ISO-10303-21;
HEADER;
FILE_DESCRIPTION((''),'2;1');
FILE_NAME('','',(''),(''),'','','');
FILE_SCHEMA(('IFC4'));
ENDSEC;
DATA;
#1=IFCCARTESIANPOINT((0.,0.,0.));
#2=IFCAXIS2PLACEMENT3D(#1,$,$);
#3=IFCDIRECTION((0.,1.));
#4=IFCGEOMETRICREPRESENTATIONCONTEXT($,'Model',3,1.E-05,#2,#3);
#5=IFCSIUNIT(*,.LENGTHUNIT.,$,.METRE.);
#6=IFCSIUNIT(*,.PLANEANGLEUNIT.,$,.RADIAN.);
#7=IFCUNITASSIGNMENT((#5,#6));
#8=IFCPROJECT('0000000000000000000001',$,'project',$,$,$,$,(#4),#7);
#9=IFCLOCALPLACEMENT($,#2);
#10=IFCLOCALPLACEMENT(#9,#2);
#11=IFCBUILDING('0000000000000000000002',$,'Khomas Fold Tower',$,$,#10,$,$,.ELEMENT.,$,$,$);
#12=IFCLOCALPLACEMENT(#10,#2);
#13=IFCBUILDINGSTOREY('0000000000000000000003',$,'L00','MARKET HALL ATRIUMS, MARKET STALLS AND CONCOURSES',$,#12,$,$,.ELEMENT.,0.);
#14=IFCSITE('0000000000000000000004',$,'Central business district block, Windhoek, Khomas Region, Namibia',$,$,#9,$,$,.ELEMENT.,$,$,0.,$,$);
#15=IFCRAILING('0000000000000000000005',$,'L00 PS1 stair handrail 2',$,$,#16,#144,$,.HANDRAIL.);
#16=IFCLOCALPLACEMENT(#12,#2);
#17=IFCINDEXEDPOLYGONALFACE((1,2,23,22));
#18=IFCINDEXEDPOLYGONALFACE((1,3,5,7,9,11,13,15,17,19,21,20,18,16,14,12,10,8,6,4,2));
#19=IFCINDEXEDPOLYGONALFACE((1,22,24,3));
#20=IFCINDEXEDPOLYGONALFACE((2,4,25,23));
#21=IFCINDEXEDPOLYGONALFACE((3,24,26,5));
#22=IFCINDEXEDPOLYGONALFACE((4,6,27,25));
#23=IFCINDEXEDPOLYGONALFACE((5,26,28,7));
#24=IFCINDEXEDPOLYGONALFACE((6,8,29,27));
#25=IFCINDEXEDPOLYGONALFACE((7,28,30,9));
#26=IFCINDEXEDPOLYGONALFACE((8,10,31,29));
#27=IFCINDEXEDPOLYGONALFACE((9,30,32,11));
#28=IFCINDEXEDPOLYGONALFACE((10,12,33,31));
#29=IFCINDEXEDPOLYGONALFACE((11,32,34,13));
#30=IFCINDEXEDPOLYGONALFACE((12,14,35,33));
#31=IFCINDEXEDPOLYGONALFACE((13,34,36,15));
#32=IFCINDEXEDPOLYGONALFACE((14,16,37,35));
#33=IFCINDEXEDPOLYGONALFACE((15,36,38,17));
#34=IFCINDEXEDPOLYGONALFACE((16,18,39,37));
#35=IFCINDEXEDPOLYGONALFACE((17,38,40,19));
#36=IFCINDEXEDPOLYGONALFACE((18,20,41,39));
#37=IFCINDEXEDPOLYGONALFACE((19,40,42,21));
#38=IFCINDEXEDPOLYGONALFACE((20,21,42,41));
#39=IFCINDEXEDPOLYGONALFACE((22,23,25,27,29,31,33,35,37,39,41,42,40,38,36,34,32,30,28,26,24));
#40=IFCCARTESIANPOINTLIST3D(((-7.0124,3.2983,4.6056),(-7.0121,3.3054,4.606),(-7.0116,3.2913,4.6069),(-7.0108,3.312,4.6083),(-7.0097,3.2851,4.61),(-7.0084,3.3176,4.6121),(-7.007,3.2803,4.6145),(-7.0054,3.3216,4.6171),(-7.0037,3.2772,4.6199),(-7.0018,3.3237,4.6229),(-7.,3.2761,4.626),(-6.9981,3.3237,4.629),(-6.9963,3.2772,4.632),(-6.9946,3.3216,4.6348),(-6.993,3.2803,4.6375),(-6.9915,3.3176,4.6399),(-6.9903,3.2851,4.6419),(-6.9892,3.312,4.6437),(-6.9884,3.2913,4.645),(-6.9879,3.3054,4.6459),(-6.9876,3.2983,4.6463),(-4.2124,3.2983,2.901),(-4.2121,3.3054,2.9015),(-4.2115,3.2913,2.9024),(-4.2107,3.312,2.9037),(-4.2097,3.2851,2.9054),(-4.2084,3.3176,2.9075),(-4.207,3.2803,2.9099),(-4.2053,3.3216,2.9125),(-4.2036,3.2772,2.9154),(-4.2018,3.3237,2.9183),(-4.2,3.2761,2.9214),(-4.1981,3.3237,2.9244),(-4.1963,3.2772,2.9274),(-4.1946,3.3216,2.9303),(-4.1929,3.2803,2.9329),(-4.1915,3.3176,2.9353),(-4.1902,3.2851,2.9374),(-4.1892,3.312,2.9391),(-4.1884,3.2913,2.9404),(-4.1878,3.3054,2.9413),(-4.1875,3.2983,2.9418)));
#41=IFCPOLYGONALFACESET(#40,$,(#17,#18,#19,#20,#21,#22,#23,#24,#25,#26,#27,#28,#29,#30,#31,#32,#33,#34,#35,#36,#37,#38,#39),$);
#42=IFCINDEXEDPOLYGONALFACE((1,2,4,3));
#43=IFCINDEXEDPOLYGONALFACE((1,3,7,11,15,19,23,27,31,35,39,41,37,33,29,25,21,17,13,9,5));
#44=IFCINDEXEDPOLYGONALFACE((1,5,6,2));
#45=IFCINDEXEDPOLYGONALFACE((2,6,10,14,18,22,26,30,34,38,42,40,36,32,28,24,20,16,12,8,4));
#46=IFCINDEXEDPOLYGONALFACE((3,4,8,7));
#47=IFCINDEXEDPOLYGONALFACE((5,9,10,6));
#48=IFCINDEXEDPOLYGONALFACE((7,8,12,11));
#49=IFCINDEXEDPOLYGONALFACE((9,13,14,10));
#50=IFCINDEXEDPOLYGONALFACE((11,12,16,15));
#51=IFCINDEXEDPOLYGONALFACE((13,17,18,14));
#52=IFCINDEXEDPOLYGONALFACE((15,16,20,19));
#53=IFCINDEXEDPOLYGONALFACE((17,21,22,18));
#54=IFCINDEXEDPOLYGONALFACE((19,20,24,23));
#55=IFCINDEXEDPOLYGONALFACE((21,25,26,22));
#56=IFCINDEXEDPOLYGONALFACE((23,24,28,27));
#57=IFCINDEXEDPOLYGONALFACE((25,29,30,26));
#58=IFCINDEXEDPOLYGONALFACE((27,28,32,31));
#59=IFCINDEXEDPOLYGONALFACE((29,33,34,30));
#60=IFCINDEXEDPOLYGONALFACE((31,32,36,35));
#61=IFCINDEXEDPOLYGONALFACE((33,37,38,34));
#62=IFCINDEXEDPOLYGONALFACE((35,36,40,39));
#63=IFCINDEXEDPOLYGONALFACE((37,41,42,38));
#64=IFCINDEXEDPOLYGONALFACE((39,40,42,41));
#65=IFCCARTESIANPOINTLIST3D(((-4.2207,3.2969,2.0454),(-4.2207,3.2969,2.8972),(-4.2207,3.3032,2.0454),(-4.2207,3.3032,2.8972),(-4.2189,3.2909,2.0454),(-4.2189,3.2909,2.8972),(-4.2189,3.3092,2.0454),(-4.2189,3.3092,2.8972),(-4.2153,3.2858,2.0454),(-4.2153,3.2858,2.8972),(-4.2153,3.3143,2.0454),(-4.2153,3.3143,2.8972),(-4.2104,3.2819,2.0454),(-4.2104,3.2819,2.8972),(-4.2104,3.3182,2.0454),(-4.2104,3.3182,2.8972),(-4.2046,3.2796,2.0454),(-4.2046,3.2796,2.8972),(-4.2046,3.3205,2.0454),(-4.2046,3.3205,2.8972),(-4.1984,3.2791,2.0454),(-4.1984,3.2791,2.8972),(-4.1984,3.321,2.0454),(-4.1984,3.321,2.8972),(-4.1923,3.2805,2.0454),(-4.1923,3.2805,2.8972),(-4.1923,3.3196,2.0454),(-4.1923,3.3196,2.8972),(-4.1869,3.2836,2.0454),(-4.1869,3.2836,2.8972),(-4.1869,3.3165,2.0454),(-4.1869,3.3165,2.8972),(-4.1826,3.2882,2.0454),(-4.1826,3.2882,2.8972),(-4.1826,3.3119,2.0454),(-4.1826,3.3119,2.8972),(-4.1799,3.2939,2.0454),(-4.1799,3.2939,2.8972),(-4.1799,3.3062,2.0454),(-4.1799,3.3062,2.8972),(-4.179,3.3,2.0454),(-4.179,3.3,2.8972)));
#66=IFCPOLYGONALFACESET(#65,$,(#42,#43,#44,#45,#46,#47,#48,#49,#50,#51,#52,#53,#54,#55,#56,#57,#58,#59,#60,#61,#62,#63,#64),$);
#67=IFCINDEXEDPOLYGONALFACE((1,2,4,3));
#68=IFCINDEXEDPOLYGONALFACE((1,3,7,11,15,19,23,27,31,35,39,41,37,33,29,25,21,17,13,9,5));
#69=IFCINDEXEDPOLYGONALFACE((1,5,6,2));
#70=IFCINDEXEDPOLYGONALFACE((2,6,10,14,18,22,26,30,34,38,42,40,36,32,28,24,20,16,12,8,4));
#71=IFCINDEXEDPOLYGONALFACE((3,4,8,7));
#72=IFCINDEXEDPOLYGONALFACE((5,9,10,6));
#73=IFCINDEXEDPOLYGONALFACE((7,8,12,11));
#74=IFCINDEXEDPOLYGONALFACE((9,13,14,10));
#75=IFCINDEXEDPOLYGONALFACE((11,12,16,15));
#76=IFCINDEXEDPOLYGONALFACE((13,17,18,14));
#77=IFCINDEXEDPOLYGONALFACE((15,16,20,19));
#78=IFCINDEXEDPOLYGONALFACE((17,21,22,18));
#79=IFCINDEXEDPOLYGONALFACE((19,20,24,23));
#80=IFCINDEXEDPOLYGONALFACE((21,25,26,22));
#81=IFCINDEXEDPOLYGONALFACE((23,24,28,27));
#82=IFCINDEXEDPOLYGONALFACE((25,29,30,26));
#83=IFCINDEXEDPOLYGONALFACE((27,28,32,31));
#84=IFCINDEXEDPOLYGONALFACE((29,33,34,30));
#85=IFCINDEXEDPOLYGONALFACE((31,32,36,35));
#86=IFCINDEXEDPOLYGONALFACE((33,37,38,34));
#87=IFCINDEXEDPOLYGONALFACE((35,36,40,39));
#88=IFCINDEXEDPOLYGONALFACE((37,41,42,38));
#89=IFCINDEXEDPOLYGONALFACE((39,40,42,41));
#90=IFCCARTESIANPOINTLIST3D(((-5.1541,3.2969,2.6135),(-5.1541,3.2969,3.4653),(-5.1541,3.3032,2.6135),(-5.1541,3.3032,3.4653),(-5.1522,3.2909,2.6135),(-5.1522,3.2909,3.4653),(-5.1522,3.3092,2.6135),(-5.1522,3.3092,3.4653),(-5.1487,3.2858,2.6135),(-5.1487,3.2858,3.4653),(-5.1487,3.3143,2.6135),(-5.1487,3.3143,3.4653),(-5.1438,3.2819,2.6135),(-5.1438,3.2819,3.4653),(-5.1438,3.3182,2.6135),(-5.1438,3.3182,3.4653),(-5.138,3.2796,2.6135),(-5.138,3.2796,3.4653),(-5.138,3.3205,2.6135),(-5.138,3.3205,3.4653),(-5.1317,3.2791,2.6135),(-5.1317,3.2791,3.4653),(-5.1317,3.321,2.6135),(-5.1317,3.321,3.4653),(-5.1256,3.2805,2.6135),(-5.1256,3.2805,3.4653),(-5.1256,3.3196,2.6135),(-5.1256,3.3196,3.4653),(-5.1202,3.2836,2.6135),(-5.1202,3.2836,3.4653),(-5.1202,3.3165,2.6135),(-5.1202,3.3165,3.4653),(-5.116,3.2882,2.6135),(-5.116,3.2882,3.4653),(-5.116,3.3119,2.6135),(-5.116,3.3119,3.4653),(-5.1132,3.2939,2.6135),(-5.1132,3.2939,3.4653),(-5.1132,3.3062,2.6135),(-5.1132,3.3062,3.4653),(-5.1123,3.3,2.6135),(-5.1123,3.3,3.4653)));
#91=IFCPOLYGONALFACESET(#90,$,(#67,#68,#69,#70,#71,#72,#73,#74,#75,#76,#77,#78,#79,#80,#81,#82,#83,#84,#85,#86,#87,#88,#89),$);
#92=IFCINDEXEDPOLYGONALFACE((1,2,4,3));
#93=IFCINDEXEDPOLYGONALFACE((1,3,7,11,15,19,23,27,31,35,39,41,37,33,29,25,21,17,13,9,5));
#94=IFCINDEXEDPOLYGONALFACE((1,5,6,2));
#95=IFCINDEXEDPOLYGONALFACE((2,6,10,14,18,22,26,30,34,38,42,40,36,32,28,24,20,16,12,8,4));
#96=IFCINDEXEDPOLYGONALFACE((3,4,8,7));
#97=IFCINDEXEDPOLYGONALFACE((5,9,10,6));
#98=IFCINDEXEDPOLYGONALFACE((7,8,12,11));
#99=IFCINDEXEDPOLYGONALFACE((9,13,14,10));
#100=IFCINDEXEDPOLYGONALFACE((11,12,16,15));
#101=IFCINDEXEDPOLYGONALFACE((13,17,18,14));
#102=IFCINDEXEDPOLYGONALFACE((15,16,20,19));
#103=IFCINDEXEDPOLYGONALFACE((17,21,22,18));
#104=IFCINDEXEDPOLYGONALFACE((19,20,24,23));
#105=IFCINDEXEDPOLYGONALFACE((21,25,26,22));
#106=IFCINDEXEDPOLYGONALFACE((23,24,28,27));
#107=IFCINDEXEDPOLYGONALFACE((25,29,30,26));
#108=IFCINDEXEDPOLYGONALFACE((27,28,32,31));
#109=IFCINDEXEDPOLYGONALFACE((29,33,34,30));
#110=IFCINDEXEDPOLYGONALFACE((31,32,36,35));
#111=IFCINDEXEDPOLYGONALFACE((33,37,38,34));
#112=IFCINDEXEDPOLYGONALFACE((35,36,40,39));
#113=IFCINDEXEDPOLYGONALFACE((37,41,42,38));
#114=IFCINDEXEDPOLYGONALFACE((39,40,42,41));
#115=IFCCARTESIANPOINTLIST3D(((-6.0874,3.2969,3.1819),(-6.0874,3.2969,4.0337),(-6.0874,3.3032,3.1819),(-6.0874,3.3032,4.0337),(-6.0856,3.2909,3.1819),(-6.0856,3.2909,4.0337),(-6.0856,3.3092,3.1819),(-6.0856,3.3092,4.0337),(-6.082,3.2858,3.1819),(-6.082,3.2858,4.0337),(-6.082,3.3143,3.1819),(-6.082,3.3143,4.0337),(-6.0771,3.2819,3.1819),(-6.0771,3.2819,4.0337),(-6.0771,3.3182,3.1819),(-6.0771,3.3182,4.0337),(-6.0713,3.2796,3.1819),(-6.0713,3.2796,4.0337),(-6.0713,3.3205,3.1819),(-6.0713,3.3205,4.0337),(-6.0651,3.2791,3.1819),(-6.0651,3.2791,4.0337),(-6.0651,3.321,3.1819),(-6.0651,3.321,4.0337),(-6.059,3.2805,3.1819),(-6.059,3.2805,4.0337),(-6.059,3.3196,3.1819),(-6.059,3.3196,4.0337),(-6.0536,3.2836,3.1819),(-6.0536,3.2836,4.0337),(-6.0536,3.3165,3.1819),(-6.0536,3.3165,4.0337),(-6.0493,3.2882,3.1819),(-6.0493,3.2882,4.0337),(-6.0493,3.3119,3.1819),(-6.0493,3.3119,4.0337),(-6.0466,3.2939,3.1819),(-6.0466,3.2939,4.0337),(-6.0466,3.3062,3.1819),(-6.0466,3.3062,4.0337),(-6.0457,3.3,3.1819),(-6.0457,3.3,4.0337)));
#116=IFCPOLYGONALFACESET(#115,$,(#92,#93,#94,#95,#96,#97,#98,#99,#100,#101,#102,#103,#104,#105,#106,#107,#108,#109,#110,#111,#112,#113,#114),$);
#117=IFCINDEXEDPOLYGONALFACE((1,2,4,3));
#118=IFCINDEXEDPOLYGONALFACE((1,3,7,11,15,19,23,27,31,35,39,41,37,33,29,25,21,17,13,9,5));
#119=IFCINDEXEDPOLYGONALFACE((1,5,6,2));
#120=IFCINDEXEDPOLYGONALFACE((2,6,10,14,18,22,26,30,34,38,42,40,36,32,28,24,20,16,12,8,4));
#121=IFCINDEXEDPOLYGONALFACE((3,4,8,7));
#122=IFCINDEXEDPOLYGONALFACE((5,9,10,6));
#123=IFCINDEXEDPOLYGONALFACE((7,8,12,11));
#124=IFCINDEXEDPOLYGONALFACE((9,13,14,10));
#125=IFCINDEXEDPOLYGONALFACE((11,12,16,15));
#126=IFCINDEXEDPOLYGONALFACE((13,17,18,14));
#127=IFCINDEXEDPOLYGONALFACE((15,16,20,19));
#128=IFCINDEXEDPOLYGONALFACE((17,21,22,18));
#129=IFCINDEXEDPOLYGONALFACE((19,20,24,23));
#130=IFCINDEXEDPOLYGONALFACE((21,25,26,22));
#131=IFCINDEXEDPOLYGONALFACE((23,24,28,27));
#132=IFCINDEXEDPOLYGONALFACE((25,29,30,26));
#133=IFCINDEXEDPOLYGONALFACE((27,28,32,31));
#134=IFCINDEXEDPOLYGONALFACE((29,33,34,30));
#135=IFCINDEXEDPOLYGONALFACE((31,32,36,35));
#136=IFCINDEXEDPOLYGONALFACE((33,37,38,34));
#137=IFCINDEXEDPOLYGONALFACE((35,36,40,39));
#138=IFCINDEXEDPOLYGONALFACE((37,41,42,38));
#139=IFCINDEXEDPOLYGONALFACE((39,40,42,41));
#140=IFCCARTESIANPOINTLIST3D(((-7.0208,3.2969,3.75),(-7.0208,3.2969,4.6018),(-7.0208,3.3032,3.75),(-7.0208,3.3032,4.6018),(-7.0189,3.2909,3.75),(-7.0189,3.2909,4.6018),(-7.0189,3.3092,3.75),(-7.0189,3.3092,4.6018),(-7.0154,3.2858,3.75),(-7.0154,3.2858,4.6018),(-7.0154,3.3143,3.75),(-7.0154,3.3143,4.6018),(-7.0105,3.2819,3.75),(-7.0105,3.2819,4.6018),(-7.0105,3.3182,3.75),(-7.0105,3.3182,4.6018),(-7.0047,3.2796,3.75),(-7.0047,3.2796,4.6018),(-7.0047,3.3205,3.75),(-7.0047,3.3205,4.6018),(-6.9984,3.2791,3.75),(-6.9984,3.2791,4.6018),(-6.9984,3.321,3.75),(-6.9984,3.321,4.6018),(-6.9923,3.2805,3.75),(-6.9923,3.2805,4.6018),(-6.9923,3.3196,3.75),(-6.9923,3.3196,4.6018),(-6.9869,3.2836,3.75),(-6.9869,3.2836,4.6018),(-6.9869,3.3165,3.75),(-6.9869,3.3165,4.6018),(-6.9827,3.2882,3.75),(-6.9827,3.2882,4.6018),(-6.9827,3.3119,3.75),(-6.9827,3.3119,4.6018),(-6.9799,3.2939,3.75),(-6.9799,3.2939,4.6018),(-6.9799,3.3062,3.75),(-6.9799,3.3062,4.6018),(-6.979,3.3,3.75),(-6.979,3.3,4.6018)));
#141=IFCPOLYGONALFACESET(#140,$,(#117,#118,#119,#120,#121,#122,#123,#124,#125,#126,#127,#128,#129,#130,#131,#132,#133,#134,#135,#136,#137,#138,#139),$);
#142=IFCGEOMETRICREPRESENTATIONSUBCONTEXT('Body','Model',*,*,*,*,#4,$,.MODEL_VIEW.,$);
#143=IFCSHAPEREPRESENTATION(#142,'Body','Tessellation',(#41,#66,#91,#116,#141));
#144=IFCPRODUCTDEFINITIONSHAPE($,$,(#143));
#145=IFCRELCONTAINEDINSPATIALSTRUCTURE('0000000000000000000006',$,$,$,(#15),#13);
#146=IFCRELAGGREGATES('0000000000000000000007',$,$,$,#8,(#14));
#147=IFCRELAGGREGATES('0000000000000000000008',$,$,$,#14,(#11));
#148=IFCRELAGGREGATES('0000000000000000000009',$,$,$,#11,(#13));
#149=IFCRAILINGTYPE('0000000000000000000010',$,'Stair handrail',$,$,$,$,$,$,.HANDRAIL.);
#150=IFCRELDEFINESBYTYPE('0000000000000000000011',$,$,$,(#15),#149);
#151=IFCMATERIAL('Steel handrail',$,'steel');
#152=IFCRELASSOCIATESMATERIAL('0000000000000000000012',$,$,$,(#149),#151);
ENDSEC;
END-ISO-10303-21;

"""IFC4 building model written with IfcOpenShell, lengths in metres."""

from ifc_helpers import new_model, si_unit, direction, frame, origin, origin_2d, place, context, subcontext, project, spatial, circle, extrude, source, transform, mapped, material, type_object, element, save


model = new_model("IFC4")

# Units and contexts
model_context = context("Model", 3, precision=1e-05, world=origin(), true_north=direction((0.0, 1.0)))
body_context = subcontext(model_context, "Body", "Model", "MODEL_VIEW")
ifc_project = project(units=[si_unit("LENGTHUNIT", "METRE"), si_unit("PLANEANGLEUNIT", "RADIAN")], contexts=[model_context])

# Site, building, storey
site_placement = place(None, origin())
site = spatial("IfcSite", under=ifc_project, at=site_placement, Name="Central business district block, Windhoek, Khomas Region, Namibia", CompositionType="ELEMENT", RefElevation=0.0)
building_placement = place(site_placement, origin())
building = spatial("IfcBuilding", under=site, at=building_placement, Name="Khomas Fold Tower", CompositionType="ELEMENT")
storey_placement = place(building_placement, origin())
storey = spatial("IfcBuildingStorey", under=building, at=storey_placement, Name="L00", Description="MARKET HALL ATRIUMS, MARKET STALLS AND CONCOURSES", CompositionType="ELEMENT", Elevation=0.0)

# Railing
ifc_material_1 = material(Name="Steel handrail", Category="steel")
railing_type_1 = type_object("IfcRailingType", Name="Stair handrail", PredefinedType="HANDRAIL", material=ifc_material_1)
shared_shape_1 = source(origin(), body_context, "Body", "SweptSolid", [
    extrude(circle(Radius=0.0239, at=origin_2d()), frame((0.0, 0.0, 0.876), z_axis=(-0.85417, 0.0, 0.519994), x_axis=(0.0, -1.0, 0.0)), (0.0, 0.0, 1.0), 3.2781),
    extrude(circle(Radius=0.021, at=origin_2d()), origin(), (0.0, 0.0, 1.0), 0.8518),
    extrude(circle(Radius=0.021, at=origin_2d()), frame((-0.9333, 0.0, 0.5681)), (0.0, 0.0, 1.0), 0.8518),
    extrude(circle(Radius=0.021, at=origin_2d()), frame((-1.8667, 0.0, 1.1365)), (0.0, 0.0, 1.0), 0.8518),
    extrude(circle(Radius=0.021, at=origin_2d()), frame((-2.8, 0.0, 1.7046)), (0.0, 0.0, 1.0), 0.8518),
])
for number, where, name in (
    (1, (-4.2, 3.3, 2.0454), "L00 PS1 stair handrail 2"),
):
    element("IfcRailing", number, at=place(storey_placement, frame(where)), inside=storey, type_object=railing_type_1, Name=name, PredefinedType="HANDRAIL", context=body_context, shape_type="MappedRepresentation", body=[
        mapped(shared_shape_1, transform((0.0, 0.0, 0.0))),
    ])

save(model, "model.ifc")
